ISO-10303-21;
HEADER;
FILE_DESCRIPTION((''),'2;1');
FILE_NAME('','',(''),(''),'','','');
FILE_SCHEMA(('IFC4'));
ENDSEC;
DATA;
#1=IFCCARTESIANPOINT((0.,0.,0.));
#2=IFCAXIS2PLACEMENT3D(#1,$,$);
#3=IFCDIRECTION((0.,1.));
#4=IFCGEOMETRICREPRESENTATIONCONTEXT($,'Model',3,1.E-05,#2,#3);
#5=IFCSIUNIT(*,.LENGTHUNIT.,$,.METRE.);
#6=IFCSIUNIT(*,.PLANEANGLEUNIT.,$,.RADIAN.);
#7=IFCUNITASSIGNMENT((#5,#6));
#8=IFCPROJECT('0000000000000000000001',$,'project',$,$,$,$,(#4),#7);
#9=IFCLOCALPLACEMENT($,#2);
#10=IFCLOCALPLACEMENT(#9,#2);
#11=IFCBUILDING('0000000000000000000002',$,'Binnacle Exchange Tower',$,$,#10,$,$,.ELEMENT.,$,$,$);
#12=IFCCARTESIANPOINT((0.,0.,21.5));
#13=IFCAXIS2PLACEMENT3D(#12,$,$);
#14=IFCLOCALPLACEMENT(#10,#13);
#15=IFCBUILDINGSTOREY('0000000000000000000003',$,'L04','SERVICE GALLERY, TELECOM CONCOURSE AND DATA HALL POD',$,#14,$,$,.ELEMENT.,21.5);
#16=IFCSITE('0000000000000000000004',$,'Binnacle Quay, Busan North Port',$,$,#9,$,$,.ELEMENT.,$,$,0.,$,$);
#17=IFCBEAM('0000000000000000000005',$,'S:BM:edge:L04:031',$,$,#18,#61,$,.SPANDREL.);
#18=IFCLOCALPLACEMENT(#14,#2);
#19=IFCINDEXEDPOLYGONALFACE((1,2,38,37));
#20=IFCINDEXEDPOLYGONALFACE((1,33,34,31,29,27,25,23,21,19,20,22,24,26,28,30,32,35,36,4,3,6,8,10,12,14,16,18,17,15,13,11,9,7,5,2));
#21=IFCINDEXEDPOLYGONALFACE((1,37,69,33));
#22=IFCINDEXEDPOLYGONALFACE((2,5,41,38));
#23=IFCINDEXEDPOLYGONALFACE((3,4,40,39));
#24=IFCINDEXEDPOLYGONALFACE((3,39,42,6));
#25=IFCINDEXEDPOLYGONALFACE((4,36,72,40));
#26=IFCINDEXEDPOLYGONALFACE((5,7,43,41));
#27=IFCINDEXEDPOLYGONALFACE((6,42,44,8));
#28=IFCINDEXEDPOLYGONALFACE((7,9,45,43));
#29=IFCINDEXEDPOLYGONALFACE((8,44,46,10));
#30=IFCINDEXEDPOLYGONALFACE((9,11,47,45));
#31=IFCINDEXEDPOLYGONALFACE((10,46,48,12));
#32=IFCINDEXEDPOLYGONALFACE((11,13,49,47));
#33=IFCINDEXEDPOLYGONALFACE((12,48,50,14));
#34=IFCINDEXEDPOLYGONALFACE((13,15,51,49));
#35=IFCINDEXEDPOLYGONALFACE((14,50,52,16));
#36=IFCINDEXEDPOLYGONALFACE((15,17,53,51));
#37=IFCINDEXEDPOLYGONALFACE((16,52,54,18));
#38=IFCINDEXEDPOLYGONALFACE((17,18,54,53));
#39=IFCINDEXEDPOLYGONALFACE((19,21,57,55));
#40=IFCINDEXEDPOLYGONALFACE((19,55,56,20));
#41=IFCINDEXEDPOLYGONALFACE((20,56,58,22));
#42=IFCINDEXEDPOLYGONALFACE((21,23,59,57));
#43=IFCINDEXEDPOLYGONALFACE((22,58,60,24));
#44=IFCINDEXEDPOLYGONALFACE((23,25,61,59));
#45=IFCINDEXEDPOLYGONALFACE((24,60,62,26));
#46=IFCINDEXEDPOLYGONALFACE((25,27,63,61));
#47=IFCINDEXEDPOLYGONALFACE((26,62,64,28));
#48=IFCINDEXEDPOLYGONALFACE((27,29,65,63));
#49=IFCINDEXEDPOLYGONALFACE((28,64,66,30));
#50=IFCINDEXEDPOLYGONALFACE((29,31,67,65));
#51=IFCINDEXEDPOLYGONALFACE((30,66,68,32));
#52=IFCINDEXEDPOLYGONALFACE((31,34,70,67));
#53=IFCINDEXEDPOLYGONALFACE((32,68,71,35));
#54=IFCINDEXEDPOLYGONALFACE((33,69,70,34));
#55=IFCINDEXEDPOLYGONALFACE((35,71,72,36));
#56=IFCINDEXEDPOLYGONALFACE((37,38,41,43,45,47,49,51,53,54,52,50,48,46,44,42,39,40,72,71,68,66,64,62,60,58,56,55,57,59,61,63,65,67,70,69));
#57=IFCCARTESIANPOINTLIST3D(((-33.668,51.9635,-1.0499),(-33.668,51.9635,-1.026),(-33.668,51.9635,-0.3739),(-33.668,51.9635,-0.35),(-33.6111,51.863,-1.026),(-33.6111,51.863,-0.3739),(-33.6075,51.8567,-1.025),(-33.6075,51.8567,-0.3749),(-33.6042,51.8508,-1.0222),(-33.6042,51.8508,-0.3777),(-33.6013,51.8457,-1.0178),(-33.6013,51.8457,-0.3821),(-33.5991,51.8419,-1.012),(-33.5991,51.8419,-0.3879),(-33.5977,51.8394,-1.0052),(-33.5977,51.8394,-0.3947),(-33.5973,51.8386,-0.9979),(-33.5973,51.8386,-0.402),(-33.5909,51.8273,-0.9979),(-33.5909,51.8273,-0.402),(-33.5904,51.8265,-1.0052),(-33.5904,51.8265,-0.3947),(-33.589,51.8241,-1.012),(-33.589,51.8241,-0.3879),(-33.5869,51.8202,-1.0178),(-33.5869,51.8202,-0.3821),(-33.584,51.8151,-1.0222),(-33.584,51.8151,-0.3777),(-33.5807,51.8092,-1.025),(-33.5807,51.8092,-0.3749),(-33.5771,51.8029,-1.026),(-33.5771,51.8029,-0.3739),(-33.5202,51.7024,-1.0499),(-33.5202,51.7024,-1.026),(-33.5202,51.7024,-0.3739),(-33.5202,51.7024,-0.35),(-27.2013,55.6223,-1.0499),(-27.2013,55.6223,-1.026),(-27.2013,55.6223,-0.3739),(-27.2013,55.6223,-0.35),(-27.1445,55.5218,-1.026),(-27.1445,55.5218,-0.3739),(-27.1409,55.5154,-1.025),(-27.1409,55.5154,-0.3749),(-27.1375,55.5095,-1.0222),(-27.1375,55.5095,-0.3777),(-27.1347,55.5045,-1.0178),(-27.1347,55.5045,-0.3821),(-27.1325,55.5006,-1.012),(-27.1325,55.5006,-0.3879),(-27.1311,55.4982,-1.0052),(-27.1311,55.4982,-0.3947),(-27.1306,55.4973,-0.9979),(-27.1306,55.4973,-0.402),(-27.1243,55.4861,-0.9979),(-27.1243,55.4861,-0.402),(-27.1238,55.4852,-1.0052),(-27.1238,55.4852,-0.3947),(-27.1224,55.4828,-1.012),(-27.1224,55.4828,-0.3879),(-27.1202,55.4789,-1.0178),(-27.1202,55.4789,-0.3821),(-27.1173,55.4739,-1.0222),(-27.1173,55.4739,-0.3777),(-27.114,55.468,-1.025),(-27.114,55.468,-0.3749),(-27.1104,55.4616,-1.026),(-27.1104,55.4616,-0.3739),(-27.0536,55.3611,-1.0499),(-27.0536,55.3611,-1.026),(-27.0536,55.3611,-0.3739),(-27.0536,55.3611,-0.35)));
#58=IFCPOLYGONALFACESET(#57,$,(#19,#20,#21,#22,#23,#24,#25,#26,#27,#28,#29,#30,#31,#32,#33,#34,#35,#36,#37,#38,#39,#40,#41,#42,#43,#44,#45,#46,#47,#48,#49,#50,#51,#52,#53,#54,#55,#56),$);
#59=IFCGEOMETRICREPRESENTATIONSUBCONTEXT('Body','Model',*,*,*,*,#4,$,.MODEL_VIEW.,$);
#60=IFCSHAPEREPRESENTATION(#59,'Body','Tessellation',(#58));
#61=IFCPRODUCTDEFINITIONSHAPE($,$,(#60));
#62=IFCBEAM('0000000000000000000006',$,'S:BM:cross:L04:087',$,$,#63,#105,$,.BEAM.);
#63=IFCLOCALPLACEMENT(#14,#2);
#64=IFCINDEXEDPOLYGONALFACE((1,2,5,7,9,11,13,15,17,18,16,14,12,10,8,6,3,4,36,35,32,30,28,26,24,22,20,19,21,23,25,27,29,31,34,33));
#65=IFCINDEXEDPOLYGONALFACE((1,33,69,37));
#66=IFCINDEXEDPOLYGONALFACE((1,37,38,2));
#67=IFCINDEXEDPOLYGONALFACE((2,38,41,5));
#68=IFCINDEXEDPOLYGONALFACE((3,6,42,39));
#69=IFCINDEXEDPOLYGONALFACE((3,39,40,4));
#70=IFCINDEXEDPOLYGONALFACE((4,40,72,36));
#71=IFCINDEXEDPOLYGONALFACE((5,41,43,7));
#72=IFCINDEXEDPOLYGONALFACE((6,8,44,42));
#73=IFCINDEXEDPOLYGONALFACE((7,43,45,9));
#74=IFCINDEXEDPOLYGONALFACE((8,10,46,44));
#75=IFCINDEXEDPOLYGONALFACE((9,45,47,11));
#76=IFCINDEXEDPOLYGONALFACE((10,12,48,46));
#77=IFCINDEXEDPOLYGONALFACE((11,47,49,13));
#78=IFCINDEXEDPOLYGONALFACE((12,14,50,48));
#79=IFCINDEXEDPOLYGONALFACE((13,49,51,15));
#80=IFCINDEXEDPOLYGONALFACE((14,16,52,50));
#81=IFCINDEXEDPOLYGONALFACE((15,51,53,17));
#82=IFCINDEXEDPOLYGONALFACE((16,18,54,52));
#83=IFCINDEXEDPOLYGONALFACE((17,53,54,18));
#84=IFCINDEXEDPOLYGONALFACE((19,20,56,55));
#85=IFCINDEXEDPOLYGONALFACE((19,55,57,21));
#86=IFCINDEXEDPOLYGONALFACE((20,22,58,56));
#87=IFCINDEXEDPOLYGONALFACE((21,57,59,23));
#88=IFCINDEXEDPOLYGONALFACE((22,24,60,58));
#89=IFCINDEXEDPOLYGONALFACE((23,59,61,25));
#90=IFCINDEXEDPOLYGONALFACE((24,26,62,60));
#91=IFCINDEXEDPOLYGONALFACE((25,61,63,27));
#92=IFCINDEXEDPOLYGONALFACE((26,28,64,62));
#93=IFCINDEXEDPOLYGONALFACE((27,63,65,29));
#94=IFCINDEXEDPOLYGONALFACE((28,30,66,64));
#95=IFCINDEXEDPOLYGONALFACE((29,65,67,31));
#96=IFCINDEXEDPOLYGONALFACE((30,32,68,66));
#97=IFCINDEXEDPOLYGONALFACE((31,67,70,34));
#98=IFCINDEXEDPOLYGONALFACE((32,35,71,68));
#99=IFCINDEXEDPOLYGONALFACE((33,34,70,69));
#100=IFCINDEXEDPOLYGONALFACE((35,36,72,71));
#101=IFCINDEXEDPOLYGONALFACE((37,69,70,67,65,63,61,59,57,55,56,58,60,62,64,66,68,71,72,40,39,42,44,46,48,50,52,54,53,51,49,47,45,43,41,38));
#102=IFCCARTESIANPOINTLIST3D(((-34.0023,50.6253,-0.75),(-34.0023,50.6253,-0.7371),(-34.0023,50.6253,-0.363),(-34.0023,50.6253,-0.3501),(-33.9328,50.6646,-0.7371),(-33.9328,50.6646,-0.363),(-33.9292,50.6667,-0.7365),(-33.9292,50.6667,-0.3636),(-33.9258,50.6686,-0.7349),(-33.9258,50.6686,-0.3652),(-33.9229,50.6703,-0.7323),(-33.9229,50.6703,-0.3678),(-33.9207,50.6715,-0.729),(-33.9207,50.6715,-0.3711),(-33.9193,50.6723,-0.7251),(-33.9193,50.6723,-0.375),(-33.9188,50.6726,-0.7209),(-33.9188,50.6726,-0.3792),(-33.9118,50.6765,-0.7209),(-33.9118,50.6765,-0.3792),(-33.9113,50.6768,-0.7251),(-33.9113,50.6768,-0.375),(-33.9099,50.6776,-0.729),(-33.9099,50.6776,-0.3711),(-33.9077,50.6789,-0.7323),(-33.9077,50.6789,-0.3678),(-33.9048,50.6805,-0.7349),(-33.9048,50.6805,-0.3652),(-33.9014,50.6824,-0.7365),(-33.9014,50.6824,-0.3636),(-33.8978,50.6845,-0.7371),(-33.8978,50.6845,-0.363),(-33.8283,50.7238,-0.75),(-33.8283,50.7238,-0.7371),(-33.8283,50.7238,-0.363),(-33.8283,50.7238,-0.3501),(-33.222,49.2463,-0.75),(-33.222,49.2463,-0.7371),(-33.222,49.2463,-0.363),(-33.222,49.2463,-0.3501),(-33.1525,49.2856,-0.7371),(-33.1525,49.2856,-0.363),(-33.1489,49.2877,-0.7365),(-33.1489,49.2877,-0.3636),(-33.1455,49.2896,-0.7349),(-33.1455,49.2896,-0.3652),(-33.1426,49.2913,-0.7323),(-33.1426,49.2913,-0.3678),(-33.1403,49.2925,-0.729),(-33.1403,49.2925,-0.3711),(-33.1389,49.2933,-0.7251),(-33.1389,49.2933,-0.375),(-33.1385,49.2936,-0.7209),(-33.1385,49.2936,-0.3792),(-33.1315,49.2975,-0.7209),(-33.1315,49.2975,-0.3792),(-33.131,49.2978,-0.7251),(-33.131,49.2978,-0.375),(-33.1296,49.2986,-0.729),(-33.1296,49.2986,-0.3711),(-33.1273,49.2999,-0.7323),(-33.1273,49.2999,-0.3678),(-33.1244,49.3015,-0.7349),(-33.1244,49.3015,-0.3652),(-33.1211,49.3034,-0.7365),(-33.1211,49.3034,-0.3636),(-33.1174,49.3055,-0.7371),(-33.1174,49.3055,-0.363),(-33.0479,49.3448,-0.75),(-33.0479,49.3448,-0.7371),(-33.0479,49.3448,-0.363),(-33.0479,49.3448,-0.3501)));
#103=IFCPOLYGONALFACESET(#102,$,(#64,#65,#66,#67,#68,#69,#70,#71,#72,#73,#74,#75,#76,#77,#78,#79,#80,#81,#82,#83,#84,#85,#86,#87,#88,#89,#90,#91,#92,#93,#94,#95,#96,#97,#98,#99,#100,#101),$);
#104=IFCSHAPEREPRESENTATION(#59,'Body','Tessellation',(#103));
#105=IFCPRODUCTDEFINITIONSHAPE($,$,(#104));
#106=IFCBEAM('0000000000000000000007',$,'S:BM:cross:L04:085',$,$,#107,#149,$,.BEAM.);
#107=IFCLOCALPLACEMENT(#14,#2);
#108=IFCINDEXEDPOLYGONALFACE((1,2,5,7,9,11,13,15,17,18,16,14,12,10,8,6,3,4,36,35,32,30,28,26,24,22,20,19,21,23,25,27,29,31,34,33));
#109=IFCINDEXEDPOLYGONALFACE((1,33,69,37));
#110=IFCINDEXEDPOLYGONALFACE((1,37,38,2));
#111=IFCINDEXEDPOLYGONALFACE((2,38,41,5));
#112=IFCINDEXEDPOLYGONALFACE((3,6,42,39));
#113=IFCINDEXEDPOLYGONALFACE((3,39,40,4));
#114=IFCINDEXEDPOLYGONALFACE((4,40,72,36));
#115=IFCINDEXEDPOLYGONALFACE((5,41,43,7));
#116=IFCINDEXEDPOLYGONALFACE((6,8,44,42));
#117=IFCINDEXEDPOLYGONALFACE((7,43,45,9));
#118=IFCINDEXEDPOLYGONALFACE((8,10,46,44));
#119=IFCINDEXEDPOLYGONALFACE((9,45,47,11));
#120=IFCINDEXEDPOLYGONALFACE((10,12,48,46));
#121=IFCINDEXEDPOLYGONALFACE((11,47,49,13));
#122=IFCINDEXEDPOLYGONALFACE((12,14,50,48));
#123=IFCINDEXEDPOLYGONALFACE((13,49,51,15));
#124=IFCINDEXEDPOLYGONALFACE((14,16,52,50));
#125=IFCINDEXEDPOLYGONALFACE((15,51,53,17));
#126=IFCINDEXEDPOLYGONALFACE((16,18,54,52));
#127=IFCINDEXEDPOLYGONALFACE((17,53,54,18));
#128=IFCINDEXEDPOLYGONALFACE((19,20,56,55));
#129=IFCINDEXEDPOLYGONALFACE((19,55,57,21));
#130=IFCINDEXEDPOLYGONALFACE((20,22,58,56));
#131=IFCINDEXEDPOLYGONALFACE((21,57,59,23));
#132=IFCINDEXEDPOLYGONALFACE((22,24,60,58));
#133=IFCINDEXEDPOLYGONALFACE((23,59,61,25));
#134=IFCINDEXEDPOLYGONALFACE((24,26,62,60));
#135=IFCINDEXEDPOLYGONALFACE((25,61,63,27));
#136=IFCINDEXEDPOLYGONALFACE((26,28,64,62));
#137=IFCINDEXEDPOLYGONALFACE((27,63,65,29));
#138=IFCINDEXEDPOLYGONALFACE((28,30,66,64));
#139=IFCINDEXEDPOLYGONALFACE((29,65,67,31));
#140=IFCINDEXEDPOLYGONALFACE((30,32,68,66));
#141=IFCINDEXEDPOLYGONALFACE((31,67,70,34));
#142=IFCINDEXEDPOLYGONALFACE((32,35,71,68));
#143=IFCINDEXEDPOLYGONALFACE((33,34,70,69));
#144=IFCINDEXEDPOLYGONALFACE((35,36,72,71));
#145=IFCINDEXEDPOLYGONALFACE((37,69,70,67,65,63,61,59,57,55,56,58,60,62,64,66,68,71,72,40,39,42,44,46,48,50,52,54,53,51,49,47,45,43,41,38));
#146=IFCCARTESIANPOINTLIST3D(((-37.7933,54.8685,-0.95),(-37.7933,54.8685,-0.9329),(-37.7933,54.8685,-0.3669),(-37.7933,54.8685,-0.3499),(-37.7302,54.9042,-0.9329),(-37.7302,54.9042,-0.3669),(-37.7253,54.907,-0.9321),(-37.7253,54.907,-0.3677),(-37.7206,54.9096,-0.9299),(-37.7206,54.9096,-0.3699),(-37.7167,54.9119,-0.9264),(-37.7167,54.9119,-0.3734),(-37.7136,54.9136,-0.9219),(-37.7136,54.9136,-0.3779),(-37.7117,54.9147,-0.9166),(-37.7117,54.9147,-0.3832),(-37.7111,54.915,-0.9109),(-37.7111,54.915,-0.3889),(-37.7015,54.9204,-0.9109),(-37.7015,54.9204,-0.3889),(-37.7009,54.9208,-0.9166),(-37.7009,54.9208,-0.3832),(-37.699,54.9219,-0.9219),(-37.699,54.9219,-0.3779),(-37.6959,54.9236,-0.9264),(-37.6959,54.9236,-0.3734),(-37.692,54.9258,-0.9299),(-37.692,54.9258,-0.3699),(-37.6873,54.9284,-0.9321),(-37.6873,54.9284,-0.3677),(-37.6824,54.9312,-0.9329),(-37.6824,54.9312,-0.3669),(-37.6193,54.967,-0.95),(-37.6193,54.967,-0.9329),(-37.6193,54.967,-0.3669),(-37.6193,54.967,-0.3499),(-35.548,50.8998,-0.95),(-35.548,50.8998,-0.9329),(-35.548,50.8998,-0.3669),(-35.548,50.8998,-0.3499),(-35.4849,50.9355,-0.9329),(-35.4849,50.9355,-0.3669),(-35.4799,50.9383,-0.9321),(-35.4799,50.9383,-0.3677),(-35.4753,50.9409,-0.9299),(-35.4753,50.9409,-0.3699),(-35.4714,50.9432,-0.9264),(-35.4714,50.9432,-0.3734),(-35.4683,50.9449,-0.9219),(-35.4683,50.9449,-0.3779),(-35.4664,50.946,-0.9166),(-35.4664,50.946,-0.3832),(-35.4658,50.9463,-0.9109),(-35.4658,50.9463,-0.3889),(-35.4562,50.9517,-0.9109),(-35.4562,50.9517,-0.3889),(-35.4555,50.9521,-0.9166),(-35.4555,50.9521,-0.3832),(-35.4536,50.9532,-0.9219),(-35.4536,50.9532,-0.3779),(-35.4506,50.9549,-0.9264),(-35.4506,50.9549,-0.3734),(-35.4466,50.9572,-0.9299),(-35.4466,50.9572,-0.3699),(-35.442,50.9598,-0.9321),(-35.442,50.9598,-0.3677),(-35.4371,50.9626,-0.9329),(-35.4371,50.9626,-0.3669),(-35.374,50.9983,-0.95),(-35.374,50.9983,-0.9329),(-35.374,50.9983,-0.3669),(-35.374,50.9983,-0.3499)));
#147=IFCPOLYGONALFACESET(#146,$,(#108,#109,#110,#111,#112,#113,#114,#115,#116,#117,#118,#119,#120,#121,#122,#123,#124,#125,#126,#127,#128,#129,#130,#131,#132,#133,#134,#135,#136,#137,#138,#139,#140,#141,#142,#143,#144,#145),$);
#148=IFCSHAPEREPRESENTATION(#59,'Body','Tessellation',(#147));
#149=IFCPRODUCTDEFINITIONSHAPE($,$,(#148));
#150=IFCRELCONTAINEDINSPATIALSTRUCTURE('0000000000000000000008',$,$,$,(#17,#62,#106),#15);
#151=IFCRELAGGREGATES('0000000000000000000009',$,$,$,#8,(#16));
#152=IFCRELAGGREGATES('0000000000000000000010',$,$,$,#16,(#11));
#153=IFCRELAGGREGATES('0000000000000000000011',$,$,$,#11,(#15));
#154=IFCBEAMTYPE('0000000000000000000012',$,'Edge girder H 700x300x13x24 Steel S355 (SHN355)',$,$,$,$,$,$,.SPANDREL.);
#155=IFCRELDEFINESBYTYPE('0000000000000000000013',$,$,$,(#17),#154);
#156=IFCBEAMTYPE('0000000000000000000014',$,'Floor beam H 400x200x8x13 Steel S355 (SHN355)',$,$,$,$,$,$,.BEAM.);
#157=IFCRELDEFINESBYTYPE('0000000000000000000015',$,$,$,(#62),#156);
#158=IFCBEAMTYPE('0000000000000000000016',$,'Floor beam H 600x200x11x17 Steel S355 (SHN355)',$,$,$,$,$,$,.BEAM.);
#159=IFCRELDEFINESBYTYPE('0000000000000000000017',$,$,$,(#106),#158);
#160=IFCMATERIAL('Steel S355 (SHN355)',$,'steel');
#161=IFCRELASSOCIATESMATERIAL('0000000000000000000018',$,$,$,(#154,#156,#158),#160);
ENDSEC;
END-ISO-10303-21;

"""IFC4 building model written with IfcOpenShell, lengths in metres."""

from ifc_helpers import new_model, si_unit, direction, frame, origin, origin_2d, place, context, subcontext, project, spatial, i_section, extrude, material, material_profile, profile_set, type_object, element, save


model = new_model("IFC4")

# Units and contexts
model_context = context("Model", 3, precision=1e-05, world=origin(), true_north=direction((0.0, 1.0)))
body_context = subcontext(model_context, "Body", "Model", "MODEL_VIEW")
ifc_project = project(units=[si_unit("LENGTHUNIT", "METRE"), si_unit("PLANEANGLEUNIT", "RADIAN")], contexts=[model_context])

# Site, building, storey
site_placement = place(None, origin())
site = spatial("IfcSite", under=ifc_project, at=site_placement, Name="Binnacle Quay, Busan North Port", CompositionType="ELEMENT", RefElevation=0.0)
building_placement = place(site_placement, origin())
building = spatial("IfcBuilding", under=site, at=building_placement, Name="Binnacle Exchange Tower", CompositionType="ELEMENT")
storey_placement = place(building_placement, frame((0.0, 0.0, 21.5)))
storey = spatial("IfcBuildingStorey", under=building, at=storey_placement, Name="L04", Description="SERVICE GALLERY, TELECOM CONCOURSE AND DATA HALL POD", CompositionType="ELEMENT", Elevation=21.5)

# Beams
ifc_material_1 = material(Name="Steel S355 (SHN355)", Category="steel")
ifc_material_profile_1 = material_profile(ifc_material_1, i_section(OverallWidth=0.3, OverallDepth=0.7, WebThickness=0.0129, FlangeThickness=0.0239, FilletRadius=0.0281, at=origin_2d()), Name="H 700x300x13x24")
ifc_profile_set_1 = profile_set([ifc_material_profile_1], Name="Steel S355 (SHN355)")
beam_type_1 = type_object("IfcBeamType", Name="Edge girder H 700x300x13x24 Steel S355 (SHN355)", PredefinedType="SPANDREL", material=ifc_profile_set_1)
beam_1_placement = place(storey_placement, frame((-27.1274, 55.4917, -0.7), z_axis=(-0.87035, -0.492433, 0.0), x_axis=(0.492433, -0.87035, 0.0)))
element("IfcBeam", 1, at=beam_1_placement, inside=storey, type_object=beam_type_1, Name="S:BM:edge:L04:031", PredefinedType="SPANDREL", context=body_context, shape_type="SweptSolid", body=[
    extrude(i_section(OverallWidth=0.3, OverallDepth=0.7, WebThickness=0.0129, FlangeThickness=0.0239, FilletRadius=0.0281, at=origin_2d()), origin(), (0.0, 0.0, 1.0), 7.4299),
])
ifc_material_profile_2 = material_profile(ifc_material_1, i_section(OverallWidth=0.2, OverallDepth=0.3999, WebThickness=0.0081, FlangeThickness=0.0129, FilletRadius=0.0161, at=origin_2d()), Name="H 400x200x8x13")
ifc_profile_set_2 = profile_set([ifc_material_profile_2], Name="Steel S355 (SHN355)")
beam_type_2 = type_object("IfcBeamType", Name="Floor beam H 400x200x8x13 Steel S355 (SHN355)", PredefinedType="BEAM", material=ifc_profile_set_2)
beam_2_placement = place(storey_placement, frame((-33.9153, 50.6746, -0.55), z_axis=(0.492484, -0.870322, 0.0), x_axis=(0.870322, 0.492484, 0.0)))
element("IfcBeam", 2, at=beam_2_placement, inside=storey, type_object=beam_type_2, Name="S:BM:cross:L04:087", PredefinedType="BEAM", context=body_context, shape_type="SweptSolid", body=[
    extrude(i_section(OverallWidth=0.2, OverallDepth=0.3999, WebThickness=0.0081, FlangeThickness=0.0129, FilletRadius=0.0161, at=origin_2d()), origin(), (0.0, 0.0, 1.0), 1.5845),
])
ifc_material_profile_3 = material_profile(ifc_material_1, i_section(OverallWidth=0.2, OverallDepth=0.6001, WebThickness=0.011, FlangeThickness=0.0171, FilletRadius=0.022, at=origin_2d()), Name="H 600x200x11x17")
ifc_profile_set_3 = profile_set([ifc_material_profile_3], Name="Steel S355 (SHN355)")
beam_type_3 = type_object("IfcBeamType", Name="Floor beam H 600x200x11x17 Steel S355 (SHN355)", PredefinedType="BEAM", material=ifc_profile_set_3)
beam_3_placement = place(storey_placement, frame((-37.7063, 54.9177, -0.6499), z_axis=(0.492415, -0.87036, 0.0), x_axis=(0.87036, 0.492415, 0.0)))
element("IfcBeam", 3, at=beam_3_placement, inside=storey, type_object=beam_type_3, Name="S:BM:cross:L04:085", PredefinedType="BEAM", context=body_context, shape_type="SweptSolid", body=[
    extrude(i_section(OverallWidth=0.2, OverallDepth=0.6001, WebThickness=0.011, FlangeThickness=0.0171, FilletRadius=0.022, at=origin_2d()), origin(), (0.0, 0.0, 1.0), 4.5598),
])

save(model, "model.ifc")
